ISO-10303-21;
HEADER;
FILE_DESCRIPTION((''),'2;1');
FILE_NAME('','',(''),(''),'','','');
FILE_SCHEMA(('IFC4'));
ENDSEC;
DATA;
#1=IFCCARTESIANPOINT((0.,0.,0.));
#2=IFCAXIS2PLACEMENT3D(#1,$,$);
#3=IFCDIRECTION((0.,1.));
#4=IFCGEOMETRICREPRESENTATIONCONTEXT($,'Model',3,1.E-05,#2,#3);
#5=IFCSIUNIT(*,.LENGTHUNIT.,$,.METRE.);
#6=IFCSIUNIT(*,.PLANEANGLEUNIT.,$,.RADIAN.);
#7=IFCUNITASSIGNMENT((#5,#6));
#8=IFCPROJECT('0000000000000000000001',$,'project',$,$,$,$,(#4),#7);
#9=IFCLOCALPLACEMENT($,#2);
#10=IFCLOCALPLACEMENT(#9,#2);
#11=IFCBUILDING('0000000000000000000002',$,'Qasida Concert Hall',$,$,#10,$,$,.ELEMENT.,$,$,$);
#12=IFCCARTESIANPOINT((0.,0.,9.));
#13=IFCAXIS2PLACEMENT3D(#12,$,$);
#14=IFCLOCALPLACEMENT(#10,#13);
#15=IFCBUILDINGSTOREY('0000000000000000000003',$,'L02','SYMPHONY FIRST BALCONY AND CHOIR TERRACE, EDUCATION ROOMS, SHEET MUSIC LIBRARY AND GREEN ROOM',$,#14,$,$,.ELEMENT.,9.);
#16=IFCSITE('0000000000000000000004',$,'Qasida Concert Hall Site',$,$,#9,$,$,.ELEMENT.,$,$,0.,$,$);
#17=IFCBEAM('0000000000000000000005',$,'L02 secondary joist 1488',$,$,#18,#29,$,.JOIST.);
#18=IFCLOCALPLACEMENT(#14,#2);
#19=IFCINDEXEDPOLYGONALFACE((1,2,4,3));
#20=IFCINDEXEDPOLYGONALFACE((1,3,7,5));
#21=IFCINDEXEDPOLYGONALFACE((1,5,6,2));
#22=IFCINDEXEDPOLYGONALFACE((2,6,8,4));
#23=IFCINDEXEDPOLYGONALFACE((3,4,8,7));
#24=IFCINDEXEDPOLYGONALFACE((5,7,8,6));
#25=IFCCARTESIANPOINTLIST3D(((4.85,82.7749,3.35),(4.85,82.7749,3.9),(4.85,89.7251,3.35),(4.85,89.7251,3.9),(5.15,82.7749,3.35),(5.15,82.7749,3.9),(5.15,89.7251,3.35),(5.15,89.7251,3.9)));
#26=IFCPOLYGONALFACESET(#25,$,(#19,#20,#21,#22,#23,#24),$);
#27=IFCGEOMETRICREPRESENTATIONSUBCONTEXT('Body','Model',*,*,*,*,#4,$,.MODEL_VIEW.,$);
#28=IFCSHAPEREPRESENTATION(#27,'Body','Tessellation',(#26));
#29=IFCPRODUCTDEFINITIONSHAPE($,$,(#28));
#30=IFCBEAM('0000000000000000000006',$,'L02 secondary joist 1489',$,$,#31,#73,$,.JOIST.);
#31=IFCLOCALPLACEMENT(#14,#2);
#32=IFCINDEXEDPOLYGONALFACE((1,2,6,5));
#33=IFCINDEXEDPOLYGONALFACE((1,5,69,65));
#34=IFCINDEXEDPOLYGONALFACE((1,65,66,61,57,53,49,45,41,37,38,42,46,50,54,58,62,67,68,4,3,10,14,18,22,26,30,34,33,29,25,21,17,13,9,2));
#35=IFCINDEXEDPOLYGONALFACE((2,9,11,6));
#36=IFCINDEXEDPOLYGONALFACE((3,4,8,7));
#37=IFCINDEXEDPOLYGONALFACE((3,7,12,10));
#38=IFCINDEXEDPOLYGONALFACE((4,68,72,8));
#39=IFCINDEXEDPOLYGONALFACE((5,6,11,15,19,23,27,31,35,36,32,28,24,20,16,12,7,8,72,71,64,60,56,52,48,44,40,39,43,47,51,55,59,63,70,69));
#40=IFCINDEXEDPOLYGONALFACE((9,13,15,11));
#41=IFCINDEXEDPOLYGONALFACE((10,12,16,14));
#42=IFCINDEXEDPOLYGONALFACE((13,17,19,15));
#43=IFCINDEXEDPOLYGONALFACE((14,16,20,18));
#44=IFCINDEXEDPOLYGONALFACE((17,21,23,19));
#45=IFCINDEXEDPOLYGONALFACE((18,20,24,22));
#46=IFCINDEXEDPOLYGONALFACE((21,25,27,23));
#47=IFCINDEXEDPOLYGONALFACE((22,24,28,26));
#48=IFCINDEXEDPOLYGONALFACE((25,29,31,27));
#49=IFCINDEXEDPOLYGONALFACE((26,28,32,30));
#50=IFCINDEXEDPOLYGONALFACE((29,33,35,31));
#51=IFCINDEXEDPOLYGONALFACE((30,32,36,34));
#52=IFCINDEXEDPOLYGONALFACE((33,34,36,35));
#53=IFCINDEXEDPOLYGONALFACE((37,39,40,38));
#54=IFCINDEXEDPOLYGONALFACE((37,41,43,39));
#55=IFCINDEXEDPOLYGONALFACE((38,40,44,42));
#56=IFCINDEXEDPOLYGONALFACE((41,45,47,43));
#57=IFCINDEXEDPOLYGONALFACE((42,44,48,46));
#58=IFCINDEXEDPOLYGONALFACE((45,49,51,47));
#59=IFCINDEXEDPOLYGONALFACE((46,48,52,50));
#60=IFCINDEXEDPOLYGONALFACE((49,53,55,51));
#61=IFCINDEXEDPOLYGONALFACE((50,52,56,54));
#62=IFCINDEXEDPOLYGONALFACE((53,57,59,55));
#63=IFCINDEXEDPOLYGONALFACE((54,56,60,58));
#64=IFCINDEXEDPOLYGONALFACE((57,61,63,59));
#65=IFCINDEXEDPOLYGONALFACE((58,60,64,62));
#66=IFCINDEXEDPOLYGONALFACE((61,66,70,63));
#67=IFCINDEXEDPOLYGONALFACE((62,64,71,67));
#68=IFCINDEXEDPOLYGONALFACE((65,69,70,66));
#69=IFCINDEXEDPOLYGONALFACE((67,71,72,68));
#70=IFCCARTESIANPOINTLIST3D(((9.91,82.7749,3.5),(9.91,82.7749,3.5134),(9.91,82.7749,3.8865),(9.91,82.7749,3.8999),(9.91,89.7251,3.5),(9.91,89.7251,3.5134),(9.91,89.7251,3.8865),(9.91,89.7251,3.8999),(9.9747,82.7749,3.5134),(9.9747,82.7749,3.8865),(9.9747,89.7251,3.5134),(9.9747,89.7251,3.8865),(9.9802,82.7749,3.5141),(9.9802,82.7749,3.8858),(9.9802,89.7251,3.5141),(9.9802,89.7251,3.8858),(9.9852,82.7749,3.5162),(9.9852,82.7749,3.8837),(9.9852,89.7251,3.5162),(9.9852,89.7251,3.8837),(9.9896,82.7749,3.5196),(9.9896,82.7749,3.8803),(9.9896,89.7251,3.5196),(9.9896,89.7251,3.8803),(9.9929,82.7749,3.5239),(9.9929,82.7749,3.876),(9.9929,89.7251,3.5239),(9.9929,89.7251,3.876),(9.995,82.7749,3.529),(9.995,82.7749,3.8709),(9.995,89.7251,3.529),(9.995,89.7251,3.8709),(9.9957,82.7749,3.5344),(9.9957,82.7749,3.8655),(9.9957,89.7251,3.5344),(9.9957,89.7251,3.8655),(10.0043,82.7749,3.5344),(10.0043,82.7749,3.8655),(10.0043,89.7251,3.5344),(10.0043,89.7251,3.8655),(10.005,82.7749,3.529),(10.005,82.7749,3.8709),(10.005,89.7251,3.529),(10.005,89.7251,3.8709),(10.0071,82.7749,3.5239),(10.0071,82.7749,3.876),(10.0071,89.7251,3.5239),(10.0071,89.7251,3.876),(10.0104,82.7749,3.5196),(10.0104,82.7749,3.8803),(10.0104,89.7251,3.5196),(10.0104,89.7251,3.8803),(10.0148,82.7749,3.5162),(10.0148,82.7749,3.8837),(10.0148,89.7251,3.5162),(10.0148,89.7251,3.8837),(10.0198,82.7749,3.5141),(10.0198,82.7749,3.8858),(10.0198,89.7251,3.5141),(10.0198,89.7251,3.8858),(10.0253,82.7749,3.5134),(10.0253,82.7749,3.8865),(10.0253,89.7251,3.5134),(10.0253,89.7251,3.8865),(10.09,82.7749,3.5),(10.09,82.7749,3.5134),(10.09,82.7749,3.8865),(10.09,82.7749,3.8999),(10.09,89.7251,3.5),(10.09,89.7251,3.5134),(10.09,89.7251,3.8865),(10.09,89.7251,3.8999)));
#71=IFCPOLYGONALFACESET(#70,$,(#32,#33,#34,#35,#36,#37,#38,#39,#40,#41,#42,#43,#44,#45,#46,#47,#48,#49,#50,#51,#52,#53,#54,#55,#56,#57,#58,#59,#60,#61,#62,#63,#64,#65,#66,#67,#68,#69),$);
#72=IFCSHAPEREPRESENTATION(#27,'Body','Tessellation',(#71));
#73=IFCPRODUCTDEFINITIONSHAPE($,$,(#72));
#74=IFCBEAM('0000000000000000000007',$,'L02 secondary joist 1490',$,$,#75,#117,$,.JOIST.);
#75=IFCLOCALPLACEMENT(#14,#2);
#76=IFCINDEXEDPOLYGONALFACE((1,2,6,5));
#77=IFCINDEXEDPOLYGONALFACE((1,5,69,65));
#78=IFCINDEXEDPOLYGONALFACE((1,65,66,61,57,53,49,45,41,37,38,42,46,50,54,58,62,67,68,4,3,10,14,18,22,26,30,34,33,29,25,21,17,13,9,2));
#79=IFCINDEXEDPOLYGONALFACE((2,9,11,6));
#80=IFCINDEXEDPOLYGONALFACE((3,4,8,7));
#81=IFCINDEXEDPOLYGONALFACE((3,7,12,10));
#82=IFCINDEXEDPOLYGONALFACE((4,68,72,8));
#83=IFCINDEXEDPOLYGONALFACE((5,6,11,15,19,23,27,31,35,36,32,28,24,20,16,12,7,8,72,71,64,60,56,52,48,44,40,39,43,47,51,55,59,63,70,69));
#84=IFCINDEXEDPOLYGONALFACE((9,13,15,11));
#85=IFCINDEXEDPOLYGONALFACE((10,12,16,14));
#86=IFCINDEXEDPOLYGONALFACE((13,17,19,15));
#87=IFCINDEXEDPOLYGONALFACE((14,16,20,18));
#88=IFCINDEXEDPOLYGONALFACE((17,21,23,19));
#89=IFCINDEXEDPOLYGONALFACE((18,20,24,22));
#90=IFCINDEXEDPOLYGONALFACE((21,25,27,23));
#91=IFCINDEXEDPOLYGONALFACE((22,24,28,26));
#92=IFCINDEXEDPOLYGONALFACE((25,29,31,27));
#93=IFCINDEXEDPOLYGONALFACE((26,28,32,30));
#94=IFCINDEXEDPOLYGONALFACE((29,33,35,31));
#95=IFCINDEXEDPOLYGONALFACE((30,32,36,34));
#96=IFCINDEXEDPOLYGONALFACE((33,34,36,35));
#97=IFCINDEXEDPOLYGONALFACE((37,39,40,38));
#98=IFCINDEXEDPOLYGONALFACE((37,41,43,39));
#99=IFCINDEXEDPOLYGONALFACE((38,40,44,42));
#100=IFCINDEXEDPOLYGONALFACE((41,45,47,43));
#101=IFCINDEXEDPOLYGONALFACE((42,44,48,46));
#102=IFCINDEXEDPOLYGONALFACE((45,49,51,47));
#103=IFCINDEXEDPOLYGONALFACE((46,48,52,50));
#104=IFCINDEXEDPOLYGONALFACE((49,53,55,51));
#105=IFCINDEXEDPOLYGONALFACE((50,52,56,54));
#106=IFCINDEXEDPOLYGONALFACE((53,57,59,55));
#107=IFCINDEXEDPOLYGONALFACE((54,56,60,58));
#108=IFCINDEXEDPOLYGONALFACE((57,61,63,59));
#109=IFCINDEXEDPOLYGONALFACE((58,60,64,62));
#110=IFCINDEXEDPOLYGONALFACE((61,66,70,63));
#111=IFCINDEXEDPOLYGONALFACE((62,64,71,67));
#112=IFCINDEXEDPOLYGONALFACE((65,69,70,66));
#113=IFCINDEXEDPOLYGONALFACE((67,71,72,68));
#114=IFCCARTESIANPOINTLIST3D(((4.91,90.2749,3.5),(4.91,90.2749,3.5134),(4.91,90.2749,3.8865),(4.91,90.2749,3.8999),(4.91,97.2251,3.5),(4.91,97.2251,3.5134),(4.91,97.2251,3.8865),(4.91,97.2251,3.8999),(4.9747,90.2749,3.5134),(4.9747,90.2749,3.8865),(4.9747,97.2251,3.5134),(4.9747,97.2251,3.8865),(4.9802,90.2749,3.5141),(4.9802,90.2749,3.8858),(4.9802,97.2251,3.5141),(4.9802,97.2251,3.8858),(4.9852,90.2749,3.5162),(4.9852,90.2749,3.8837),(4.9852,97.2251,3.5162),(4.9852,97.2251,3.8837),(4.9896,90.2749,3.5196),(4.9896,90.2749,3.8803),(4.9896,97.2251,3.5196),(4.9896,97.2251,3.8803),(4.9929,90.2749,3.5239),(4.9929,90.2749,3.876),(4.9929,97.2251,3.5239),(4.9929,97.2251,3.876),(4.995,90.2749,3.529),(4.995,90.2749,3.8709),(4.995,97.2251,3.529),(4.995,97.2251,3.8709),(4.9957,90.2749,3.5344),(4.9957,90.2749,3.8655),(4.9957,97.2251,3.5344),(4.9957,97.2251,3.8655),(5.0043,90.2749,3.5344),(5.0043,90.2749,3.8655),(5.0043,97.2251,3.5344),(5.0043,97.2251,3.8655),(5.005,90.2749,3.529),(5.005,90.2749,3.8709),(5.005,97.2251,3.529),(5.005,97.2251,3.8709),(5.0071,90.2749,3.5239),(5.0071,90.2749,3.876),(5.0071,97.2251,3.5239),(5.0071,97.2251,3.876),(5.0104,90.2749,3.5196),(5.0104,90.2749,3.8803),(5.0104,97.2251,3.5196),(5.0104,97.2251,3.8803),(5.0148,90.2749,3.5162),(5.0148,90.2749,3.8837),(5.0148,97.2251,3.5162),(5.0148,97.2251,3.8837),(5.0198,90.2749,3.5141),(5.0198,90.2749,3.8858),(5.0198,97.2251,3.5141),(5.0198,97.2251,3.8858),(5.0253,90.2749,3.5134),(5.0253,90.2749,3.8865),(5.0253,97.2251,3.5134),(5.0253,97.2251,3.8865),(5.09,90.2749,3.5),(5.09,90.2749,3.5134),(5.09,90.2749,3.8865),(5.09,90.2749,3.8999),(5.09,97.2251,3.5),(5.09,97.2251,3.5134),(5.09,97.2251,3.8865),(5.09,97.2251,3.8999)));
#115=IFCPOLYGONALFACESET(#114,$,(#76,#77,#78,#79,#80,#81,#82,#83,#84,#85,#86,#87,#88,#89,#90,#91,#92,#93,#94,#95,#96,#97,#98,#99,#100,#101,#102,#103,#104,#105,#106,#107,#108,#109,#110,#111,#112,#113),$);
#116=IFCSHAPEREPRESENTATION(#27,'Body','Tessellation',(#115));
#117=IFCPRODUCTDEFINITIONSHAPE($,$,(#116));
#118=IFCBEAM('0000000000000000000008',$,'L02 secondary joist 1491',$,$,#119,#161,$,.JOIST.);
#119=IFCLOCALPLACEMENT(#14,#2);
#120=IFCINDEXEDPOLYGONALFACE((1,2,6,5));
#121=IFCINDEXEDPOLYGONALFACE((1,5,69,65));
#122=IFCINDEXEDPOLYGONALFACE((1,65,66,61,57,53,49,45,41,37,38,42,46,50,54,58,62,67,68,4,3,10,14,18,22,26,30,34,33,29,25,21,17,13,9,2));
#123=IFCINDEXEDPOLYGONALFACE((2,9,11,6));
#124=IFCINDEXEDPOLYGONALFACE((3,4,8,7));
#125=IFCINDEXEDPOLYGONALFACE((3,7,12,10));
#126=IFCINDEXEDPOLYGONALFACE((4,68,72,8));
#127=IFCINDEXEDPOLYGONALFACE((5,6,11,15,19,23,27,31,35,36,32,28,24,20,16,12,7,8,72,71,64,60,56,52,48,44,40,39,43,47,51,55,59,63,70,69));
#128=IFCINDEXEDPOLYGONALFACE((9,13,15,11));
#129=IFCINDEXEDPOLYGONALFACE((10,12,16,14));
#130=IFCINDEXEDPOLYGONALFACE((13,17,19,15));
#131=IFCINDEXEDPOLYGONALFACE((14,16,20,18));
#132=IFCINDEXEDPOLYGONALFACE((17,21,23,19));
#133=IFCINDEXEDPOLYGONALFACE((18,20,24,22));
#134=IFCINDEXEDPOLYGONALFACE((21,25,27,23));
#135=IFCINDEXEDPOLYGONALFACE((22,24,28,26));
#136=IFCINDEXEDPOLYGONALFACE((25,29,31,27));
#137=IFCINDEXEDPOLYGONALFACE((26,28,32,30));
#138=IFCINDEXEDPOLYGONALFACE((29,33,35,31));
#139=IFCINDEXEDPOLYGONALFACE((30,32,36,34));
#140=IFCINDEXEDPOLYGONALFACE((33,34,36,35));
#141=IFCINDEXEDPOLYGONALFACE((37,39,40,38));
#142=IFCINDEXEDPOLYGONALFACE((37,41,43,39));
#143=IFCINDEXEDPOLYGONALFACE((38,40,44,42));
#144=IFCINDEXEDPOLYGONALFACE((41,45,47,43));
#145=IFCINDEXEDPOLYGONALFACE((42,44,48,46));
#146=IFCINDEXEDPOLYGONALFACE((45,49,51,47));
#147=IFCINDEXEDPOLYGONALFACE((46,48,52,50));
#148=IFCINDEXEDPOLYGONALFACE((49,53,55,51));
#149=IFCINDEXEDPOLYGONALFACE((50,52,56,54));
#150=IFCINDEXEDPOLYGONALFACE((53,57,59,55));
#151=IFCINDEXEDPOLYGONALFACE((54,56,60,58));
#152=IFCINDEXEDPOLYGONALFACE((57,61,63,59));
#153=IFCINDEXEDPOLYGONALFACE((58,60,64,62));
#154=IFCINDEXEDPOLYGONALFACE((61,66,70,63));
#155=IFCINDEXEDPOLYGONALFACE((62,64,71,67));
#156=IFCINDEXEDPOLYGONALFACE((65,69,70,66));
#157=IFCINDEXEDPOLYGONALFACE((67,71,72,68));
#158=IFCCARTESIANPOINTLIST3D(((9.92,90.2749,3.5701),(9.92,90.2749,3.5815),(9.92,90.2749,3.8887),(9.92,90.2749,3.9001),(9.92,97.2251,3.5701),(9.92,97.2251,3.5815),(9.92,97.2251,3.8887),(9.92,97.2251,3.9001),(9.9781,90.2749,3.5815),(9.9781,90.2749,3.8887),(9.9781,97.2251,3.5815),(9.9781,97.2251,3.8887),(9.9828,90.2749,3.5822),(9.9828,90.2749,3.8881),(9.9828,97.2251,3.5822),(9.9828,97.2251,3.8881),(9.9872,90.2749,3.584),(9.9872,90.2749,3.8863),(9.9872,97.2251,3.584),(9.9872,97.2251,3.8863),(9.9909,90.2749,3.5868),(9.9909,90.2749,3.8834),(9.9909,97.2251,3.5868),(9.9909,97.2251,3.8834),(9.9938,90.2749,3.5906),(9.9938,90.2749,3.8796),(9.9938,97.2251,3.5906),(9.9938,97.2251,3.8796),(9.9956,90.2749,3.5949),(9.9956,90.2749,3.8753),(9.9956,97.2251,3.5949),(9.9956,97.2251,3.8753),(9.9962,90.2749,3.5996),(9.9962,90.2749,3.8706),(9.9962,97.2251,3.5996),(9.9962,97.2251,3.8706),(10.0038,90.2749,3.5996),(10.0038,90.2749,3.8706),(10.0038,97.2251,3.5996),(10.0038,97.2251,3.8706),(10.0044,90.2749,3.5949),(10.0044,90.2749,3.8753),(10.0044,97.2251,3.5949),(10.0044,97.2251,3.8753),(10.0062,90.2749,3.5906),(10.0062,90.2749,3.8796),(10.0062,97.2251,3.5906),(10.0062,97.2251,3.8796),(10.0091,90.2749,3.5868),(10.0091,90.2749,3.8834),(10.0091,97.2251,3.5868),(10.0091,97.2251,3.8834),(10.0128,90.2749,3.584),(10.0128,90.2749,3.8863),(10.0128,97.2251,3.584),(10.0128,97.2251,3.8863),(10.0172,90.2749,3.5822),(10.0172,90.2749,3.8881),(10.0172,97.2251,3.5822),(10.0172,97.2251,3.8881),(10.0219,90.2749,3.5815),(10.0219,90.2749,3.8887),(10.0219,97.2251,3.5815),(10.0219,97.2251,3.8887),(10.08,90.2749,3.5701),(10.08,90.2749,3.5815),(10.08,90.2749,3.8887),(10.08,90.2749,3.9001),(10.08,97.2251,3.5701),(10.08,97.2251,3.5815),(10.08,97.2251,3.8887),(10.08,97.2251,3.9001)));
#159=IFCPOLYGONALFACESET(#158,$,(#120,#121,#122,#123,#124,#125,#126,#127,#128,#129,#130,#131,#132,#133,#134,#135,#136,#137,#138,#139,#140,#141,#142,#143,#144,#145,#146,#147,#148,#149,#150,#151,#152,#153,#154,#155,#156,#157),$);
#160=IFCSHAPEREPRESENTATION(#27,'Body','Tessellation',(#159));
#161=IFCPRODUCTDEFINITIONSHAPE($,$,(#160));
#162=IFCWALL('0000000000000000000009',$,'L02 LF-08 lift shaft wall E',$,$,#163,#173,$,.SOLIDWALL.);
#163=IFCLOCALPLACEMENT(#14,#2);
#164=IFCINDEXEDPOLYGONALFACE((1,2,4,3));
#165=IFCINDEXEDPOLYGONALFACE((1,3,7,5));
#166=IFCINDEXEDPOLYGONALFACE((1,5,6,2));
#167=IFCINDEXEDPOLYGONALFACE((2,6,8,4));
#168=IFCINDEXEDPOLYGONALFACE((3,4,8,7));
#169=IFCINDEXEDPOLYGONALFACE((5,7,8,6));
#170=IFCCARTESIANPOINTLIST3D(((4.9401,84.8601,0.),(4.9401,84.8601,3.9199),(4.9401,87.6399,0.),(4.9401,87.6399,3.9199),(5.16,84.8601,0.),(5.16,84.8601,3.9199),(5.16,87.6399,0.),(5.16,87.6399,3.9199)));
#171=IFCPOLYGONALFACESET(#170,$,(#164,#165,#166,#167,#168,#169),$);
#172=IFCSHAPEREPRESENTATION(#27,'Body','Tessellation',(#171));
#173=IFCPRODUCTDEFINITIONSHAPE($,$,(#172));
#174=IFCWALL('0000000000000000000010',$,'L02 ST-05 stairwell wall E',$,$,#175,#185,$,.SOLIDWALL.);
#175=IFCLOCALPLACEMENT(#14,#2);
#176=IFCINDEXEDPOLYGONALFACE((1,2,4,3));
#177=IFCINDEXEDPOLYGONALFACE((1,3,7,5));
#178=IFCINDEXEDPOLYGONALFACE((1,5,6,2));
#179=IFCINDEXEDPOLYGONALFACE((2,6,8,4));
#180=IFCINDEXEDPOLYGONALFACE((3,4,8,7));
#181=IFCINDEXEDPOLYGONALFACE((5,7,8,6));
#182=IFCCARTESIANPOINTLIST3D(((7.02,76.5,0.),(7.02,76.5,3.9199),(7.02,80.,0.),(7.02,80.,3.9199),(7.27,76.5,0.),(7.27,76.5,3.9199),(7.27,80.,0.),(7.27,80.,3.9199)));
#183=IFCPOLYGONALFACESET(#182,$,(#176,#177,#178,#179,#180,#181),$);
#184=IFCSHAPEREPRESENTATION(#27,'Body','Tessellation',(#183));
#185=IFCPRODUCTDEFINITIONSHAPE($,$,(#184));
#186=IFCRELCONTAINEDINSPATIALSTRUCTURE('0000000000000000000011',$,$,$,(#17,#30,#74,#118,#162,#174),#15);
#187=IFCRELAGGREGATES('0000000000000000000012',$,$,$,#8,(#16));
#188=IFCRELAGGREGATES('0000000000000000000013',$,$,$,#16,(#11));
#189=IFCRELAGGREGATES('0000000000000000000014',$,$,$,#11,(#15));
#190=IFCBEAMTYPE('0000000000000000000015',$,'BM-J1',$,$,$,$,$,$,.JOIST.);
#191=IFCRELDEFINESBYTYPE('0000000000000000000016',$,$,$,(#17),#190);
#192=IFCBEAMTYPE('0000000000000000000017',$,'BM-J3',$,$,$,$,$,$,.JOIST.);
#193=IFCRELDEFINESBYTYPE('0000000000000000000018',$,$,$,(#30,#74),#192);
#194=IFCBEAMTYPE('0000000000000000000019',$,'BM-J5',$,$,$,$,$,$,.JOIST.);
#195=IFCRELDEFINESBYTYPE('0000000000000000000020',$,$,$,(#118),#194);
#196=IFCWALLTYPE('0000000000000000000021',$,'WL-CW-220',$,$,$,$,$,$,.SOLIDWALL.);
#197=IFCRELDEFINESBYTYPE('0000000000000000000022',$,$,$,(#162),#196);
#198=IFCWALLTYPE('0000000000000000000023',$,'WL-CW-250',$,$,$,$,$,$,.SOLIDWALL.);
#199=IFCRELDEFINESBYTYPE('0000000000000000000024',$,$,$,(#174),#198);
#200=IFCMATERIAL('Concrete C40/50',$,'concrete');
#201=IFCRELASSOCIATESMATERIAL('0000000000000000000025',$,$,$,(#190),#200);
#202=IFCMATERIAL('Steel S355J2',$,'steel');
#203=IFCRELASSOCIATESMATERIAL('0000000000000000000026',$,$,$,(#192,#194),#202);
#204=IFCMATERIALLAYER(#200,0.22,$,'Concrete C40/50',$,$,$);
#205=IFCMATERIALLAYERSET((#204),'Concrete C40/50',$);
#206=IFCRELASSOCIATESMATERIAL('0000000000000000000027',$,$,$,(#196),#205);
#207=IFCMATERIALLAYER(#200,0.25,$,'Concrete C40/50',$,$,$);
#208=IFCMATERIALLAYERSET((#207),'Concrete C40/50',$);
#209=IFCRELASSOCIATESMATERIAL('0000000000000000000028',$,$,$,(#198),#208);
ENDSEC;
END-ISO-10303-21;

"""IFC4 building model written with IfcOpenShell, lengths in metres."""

from ifc_helpers import new_model, si_unit, direction, frame, frame_2d, origin, origin_2d, place, context, subcontext, project, spatial, rectangle, i_section, extrude, material, layer, layer_set, material_profile, profile_set, type_object, element, save


model = new_model("IFC4")

# Units and contexts
model_context = context("Model", 3, precision=1e-05, world=origin(), true_north=direction((0.0, 1.0)))
body_context = subcontext(model_context, "Body", "Model", "MODEL_VIEW")
ifc_project = project(units=[si_unit("LENGTHUNIT", "METRE"), si_unit("PLANEANGLEUNIT", "RADIAN")], contexts=[model_context])

# Site, building, storey
site_placement = place(None, origin())
site = spatial("IfcSite", under=ifc_project, at=site_placement, Name="Qasida Concert Hall Site", CompositionType="ELEMENT", RefElevation=0.0)
building_placement = place(site_placement, origin())
building = spatial("IfcBuilding", under=site, at=building_placement, Name="Qasida Concert Hall", CompositionType="ELEMENT")
storey_placement = place(building_placement, frame((0.0, 0.0, 9.0)))
storey = spatial("IfcBuildingStorey", under=building, at=storey_placement, Name="L02", Description="SYMPHONY FIRST BALCONY AND CHOIR TERRACE, EDUCATION ROOMS, SHEET MUSIC LIBRARY AND GREEN ROOM", CompositionType="ELEMENT", Elevation=9.0)

# Beams
ifc_material_1 = material(Name="Steel S355J2", Category="steel")
ifc_material_2 = material(Name="Concrete C40/50", Category="concrete")
ifc_material_profile_1 = material_profile(ifc_material_2, rectangle(XDim=0.3, YDim=0.55, at=origin_2d()), Name="RC 300x550")
ifc_profile_set_1 = profile_set([ifc_material_profile_1], Name="Concrete C40/50")
beam_type_1 = type_object("IfcBeamType", Name="BM-J1", PredefinedType="JOIST", material=ifc_profile_set_1)
for number, where, z_axis, x_axis, name in (
    (1, (5.0, 82.7749, 3.625), (0.0, 1.0, 0.0), (-1.0, 0.0, 0.0), "L02 secondary joist 1488"),
):
    element("IfcBeam", number, at=place(storey_placement, frame(where, z_axis=z_axis, x_axis=x_axis)), inside=storey, type_object=beam_type_1, Name=name, PredefinedType="JOIST", context=body_context, shape_type="SweptSolid", body=[
        extrude(rectangle(XDim=0.3, YDim=0.55, at=origin_2d()), origin(), (0.0, 0.0, 1.0), 6.9502),
    ])
ifc_material_profile_2 = material_profile(ifc_material_1, i_section(OverallWidth=0.1799, OverallDepth=0.3999, WebThickness=0.0085, FlangeThickness=0.0134, FilletRadius=0.021, at=origin_2d()), Name="IPE 400")
ifc_profile_set_2 = profile_set([ifc_material_profile_2], Name="Steel S355J2")
beam_type_2 = type_object("IfcBeamType", Name="BM-J3", PredefinedType="JOIST", material=ifc_profile_set_2)
for number, where, z_axis, x_axis, name in (
    (2, (10.0, 82.7749, 3.7), (0.0, 1.0, 0.0), (-1.0, 0.0, 0.0), "L02 secondary joist 1489"),
    (3, (5.0, 90.2749, 3.7), (0.0, 1.0, 0.0), (-1.0, 0.0, 0.0), "L02 secondary joist 1490"),
):
    element("IfcBeam", number, at=place(storey_placement, frame(where, z_axis=z_axis, x_axis=x_axis)), inside=storey, type_object=beam_type_2, Name=name, PredefinedType="JOIST", context=body_context, shape_type="SweptSolid", body=[
        extrude(i_section(OverallWidth=0.1799, OverallDepth=0.3999, WebThickness=0.0085, FlangeThickness=0.0134, FilletRadius=0.021, at=origin_2d()), origin(), (0.0, 0.0, 1.0), 6.9502),
    ])
ifc_material_profile_3 = material_profile(ifc_material_1, i_section(OverallWidth=0.1599, OverallDepth=0.3301, WebThickness=0.0076, FlangeThickness=0.0115, FilletRadius=0.0181, at=origin_2d()), Name="IPE 330")
ifc_profile_set_3 = profile_set([ifc_material_profile_3], Name="Steel S355J2")
beam_type_3 = type_object("IfcBeamType", Name="BM-J5", PredefinedType="JOIST", material=ifc_profile_set_3)
beam_1_placement = place(storey_placement, frame((10.0, 90.2749, 3.7351), z_axis=(0.0, 1.0, 0.0), x_axis=(-1.0, 0.0, 0.0)))
element("IfcBeam", 4, at=beam_1_placement, inside=storey, type_object=beam_type_3, Name="L02 secondary joist 1491", PredefinedType="JOIST", context=body_context, shape_type="SweptSolid", body=[
    extrude(i_section(OverallWidth=0.1599, OverallDepth=0.3301, WebThickness=0.0076, FlangeThickness=0.0115, FilletRadius=0.0181, at=origin_2d()), origin(), (0.0, 0.0, 1.0), 6.9502),
])

# Wall
ifc_layer_1 = layer(ifc_material_2, 0.22, Name="Concrete C40/50")
ifc_layer_set_1 = layer_set([ifc_layer_1], Name="Concrete C40/50")
wall_type_1 = type_object("IfcWallType", Name="WL-CW-220", PredefinedType="SOLIDWALL", material=ifc_layer_set_1)
wall_1_placement = place(storey_placement, frame((5.05, 84.8601, 0.0), z_axis=(0.0, 0.0, 1.0), x_axis=(0.0, 1.0, 0.0)))
element("IfcWall", 5, at=wall_1_placement, inside=storey, type_object=wall_type_1, Name="L02 LF-08 lift shaft wall E", PredefinedType="SOLIDWALL", context=body_context, shape_type="SweptSolid", body=[
    extrude(rectangle(XDim=2.7798, YDim=0.22, at=frame_2d((1.3899, 0.0))), origin(), (0.0, 0.0, 1.0), 3.9199),
])

# Wall
ifc_layer_2 = layer(ifc_material_2, 0.25, Name="Concrete C40/50")
ifc_layer_set_2 = layer_set([ifc_layer_2], Name="Concrete C40/50")
wall_type_2 = type_object("IfcWallType", Name="WL-CW-250", PredefinedType="SOLIDWALL", material=ifc_layer_set_2)
wall_2_placement = place(storey_placement, frame((7.145, 76.5, 0.0), z_axis=(0.0, 0.0, 1.0), x_axis=(0.0, 1.0, 0.0)))
element("IfcWall", 6, at=wall_2_placement, inside=storey, type_object=wall_type_2, Name="L02 ST-05 stairwell wall E", PredefinedType="SOLIDWALL", context=body_context, shape_type="SweptSolid", body=[
    extrude(rectangle(XDim=3.5, YDim=0.25, at=frame_2d((1.75, 0.0))), origin(), (0.0, 0.0, 1.0), 3.9199),
])

save(model, "model.ifc")
